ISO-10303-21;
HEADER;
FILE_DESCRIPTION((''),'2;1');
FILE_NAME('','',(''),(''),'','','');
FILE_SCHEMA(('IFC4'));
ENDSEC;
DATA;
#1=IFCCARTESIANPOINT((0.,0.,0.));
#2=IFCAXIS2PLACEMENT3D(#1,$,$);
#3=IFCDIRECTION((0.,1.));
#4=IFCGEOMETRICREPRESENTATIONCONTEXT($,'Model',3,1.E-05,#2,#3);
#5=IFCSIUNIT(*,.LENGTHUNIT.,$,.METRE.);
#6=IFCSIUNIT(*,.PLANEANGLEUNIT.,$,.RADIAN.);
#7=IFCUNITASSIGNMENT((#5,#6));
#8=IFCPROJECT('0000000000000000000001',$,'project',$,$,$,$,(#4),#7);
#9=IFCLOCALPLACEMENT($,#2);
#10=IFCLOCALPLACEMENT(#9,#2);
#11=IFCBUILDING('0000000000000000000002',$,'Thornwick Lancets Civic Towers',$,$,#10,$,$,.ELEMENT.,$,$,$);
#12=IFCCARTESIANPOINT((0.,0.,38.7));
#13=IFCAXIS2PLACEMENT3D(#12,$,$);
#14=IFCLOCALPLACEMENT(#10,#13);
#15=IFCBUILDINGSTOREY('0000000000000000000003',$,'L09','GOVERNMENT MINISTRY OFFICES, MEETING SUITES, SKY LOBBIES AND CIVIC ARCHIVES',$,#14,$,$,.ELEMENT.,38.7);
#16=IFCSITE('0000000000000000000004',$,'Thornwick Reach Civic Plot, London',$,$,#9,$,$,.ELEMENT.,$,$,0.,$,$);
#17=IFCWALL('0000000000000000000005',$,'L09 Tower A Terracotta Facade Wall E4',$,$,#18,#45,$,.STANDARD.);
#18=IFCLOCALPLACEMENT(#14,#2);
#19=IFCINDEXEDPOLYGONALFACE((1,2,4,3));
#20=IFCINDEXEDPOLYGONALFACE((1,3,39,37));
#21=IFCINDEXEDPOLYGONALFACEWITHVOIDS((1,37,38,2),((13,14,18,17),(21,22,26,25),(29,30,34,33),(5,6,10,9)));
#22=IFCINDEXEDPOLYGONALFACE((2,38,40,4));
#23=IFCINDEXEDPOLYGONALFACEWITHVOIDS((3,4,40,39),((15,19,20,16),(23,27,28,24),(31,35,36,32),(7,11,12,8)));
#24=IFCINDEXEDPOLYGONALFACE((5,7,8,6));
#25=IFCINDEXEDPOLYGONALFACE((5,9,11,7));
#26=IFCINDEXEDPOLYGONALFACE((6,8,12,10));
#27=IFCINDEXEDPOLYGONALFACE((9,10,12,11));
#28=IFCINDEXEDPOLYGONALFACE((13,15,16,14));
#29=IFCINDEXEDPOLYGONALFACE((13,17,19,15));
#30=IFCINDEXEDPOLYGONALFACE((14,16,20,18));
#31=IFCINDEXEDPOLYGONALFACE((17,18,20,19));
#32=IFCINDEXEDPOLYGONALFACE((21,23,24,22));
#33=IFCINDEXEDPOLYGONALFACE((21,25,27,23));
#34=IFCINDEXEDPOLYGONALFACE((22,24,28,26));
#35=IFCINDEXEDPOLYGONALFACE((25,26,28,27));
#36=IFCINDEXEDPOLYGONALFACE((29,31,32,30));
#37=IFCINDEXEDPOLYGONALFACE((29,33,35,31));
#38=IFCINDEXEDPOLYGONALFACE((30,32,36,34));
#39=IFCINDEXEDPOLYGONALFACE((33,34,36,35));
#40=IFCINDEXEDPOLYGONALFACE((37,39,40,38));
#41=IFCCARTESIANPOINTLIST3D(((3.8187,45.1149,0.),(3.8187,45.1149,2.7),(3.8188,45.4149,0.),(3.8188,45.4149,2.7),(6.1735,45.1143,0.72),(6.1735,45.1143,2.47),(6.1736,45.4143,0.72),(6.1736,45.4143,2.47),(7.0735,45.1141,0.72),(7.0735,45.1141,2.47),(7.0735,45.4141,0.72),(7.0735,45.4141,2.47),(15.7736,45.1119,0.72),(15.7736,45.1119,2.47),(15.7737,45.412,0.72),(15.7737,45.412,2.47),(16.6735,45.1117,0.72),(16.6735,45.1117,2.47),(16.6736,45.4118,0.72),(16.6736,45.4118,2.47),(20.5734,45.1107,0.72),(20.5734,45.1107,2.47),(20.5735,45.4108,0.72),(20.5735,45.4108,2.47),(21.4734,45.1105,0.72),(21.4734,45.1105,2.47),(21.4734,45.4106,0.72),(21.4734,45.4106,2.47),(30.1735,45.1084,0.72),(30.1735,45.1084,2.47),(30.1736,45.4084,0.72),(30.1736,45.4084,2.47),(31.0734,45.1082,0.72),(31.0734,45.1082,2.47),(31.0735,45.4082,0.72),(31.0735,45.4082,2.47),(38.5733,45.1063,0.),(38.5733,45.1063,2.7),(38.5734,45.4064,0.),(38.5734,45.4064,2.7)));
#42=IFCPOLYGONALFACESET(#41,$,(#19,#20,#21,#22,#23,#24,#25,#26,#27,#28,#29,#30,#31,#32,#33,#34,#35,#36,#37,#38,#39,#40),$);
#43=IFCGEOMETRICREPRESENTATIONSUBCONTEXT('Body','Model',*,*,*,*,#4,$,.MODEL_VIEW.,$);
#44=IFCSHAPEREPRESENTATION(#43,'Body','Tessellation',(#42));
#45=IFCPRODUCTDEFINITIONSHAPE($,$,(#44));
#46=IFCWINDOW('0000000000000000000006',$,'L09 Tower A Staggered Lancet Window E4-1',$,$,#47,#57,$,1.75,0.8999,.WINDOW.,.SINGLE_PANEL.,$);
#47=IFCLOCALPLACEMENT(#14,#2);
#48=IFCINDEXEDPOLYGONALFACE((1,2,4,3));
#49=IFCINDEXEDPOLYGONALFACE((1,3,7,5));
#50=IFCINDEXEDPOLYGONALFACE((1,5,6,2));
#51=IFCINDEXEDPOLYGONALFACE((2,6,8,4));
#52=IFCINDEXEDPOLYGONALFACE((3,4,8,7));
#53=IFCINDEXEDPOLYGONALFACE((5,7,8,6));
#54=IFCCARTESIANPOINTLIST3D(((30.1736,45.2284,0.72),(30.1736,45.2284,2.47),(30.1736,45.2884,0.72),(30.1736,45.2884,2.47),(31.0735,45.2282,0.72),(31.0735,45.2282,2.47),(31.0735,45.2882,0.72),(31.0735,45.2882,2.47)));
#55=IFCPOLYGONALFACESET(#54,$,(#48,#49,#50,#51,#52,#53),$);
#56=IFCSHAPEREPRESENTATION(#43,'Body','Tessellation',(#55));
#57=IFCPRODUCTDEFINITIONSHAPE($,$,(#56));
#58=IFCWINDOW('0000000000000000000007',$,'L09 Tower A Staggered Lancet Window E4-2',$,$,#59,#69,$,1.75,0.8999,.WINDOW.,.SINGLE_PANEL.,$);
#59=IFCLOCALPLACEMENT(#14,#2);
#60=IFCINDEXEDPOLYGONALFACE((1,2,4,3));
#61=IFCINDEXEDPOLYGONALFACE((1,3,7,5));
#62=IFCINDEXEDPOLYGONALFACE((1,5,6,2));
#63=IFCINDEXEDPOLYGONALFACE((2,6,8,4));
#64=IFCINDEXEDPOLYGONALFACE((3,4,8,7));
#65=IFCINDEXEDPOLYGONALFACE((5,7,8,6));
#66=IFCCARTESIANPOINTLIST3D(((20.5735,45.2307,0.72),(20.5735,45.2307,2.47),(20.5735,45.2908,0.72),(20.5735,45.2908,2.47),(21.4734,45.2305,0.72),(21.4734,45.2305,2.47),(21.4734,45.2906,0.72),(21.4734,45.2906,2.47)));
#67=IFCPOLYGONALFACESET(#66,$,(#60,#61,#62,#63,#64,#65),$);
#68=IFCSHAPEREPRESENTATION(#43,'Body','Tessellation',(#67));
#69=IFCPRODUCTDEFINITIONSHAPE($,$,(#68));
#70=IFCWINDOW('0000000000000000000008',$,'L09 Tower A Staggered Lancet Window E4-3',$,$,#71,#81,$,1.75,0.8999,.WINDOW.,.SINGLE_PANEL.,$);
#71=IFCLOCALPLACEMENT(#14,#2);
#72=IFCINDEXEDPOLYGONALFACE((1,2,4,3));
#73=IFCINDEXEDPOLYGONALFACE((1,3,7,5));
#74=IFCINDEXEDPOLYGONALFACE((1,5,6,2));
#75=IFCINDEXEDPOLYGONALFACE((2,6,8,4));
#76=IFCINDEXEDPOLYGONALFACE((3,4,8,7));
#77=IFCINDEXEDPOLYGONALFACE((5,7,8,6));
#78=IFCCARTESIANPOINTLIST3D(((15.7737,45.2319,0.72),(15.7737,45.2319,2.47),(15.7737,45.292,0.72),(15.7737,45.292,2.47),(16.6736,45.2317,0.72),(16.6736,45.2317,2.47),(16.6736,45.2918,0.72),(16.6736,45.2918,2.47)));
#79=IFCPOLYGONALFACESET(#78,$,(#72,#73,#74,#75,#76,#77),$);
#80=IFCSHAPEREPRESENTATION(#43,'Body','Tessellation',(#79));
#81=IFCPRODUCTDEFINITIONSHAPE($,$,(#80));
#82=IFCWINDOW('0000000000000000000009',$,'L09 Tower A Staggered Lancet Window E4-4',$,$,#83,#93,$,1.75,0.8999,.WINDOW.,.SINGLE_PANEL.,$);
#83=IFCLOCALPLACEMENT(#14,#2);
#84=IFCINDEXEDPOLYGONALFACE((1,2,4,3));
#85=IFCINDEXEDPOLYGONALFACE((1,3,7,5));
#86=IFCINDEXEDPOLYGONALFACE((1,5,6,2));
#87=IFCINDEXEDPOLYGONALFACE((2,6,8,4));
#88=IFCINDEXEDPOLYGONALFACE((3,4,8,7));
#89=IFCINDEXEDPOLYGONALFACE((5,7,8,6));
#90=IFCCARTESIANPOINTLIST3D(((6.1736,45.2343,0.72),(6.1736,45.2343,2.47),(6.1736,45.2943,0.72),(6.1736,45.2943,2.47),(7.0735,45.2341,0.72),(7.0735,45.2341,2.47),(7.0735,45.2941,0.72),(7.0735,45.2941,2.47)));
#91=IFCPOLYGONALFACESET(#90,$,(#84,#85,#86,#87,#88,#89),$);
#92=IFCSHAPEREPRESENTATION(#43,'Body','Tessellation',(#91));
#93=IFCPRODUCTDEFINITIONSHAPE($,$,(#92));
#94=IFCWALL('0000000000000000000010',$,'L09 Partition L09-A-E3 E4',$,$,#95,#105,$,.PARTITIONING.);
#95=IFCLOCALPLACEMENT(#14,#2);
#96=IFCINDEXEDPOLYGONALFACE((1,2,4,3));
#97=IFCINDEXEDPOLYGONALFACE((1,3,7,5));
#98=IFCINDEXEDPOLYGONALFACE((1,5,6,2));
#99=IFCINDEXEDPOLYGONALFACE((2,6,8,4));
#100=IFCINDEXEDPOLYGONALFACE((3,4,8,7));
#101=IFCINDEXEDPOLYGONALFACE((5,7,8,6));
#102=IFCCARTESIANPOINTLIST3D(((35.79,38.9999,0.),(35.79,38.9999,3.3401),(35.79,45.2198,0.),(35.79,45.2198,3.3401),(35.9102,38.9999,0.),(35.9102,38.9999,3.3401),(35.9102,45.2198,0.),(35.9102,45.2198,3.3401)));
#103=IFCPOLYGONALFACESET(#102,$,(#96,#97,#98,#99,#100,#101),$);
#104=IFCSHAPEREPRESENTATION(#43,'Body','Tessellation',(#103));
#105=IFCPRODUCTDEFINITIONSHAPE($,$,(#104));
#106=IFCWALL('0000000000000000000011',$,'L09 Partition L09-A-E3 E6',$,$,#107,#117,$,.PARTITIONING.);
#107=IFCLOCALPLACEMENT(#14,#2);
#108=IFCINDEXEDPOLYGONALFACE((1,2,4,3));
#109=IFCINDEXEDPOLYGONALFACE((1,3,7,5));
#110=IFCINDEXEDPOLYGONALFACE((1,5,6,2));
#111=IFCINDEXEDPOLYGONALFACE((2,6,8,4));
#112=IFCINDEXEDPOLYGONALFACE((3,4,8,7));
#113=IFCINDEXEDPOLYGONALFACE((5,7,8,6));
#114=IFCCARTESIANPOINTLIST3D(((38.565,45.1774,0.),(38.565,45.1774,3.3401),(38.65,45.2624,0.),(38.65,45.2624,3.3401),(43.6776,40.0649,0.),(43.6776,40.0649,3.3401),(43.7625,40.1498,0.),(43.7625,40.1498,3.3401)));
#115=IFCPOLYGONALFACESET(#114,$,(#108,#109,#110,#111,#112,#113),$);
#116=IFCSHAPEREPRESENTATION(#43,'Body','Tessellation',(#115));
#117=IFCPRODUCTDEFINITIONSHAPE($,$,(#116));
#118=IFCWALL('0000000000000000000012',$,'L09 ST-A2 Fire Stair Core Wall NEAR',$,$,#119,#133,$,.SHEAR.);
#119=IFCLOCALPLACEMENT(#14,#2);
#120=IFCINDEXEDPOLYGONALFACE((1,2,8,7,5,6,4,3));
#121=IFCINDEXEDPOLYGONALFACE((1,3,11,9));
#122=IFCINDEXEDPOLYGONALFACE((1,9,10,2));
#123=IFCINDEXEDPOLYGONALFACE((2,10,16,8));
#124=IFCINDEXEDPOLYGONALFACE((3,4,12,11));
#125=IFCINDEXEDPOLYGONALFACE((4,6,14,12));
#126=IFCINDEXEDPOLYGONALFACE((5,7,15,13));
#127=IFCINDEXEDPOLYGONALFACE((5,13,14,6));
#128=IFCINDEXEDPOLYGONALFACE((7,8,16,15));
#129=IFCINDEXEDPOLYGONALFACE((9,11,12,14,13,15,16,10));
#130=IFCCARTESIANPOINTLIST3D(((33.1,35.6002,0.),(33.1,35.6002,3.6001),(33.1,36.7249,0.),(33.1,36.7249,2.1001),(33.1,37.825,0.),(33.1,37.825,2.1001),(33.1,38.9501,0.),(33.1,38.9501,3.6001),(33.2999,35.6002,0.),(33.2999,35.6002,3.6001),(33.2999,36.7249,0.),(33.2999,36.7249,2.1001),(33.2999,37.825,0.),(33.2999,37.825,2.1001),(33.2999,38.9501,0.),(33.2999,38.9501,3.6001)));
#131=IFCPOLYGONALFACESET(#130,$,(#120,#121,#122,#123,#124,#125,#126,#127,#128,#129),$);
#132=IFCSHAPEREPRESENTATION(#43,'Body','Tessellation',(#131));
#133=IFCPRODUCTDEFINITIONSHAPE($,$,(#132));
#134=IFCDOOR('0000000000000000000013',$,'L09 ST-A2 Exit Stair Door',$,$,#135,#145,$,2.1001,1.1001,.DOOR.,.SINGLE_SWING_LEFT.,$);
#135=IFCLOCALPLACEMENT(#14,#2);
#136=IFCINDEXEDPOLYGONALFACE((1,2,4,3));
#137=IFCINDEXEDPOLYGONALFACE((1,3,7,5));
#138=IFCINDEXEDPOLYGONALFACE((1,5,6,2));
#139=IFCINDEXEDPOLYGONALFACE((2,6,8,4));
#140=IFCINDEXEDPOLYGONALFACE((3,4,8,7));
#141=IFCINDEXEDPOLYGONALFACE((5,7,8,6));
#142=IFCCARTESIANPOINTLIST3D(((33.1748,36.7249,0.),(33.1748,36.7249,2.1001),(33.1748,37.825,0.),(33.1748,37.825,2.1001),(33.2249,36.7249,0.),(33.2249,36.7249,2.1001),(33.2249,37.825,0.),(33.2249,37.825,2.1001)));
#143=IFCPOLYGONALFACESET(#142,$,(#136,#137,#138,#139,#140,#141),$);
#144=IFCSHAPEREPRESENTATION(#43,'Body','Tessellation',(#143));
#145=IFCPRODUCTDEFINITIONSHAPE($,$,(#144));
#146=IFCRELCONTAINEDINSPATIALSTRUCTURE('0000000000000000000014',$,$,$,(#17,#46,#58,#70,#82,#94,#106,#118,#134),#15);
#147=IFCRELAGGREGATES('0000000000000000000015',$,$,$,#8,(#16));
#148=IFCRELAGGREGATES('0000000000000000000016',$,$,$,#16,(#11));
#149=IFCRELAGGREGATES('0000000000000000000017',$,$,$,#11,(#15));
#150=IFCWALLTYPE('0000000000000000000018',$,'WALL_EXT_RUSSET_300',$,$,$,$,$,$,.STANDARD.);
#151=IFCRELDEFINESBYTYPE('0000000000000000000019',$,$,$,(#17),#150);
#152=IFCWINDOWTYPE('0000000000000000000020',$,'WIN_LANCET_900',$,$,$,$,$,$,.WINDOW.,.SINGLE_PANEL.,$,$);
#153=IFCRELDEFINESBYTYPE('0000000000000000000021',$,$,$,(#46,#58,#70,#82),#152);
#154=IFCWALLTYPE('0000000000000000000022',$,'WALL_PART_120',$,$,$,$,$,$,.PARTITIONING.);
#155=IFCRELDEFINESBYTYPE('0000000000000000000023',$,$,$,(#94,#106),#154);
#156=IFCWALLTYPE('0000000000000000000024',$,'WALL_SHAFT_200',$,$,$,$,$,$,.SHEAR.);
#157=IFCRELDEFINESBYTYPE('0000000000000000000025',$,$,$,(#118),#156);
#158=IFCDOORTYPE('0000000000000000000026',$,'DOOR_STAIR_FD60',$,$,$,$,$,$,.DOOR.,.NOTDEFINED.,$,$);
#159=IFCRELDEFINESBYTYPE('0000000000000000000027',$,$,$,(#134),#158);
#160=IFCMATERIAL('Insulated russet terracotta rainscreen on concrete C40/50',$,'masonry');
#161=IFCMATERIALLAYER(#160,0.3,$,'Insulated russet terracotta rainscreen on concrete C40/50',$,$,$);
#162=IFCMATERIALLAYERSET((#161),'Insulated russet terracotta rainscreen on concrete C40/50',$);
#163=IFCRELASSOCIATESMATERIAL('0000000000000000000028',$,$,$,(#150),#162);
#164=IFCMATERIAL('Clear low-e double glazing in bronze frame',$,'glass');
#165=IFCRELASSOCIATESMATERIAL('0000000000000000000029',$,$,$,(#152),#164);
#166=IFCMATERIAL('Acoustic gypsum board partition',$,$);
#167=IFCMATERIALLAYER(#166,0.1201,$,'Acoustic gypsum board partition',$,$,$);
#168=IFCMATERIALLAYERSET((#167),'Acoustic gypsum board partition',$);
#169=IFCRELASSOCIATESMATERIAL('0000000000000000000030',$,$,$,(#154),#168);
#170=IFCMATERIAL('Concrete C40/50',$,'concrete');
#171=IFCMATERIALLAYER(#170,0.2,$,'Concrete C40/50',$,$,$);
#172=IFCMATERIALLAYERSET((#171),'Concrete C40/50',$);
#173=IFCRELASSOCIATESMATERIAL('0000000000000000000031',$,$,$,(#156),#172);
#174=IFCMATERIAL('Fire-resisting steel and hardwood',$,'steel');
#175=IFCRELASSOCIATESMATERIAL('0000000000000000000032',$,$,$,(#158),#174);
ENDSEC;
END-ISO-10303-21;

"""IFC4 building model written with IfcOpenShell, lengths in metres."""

from ifc_helpers import new_model, si_unit, direction, frame, frame_2d, origin, place, context, subcontext, project, spatial, rectangle, extrude, material, layer, layer_set, type_object, element, fill, save


model = new_model("IFC4")

# Units and contexts
model_context = context("Model", 3, precision=1e-05, world=origin(), true_north=direction((0.0, 1.0)))
body_context = subcontext(model_context, "Body", "Model", "MODEL_VIEW")
ifc_project = project(units=[si_unit("LENGTHUNIT", "METRE"), si_unit("PLANEANGLEUNIT", "RADIAN")], contexts=[model_context])

# Site, building, storey
site_placement = place(None, origin())
site = spatial("IfcSite", under=ifc_project, at=site_placement, Name="Thornwick Reach Civic Plot, London", CompositionType="ELEMENT", RefElevation=0.0)
building_placement = place(site_placement, origin())
building = spatial("IfcBuilding", under=site, at=building_placement, Name="Thornwick Lancets Civic Towers", CompositionType="ELEMENT")
storey_placement = place(building_placement, frame((0.0, 0.0, 38.7)))
storey = spatial("IfcBuildingStorey", under=building, at=storey_placement, Name="L09", Description="GOVERNMENT MINISTRY OFFICES, MEETING SUITES, SKY LOBBIES AND CIVIC ARCHIVES", CompositionType="ELEMENT", Elevation=38.7)

# Wall, openings, windows
ifc_material_1 = material(Name="Insulated russet terracotta rainscreen on concrete C40/50", Category="masonry")
ifc_layer_1 = layer(ifc_material_1, 0.3, Name="Insulated russet terracotta rainscreen on concrete C40/50")
ifc_layer_set_1 = layer_set([ifc_layer_1], Name="Insulated russet terracotta rainscreen on concrete C40/50")
wall_type_1 = type_object("IfcWallType", Name="WALL_EXT_RUSSET_300", PredefinedType="STANDARD", material=ifc_layer_set_1)
wall_1_placement = place(storey_placement, frame((38.5735, 45.2563, 0.0), z_axis=(0.0, 0.0, 1.0), x_axis=(-1.0, 0.000246, 0.0)))
wall_1 = element("IfcWall", 1, at=wall_1_placement, inside=storey, type_object=wall_type_1, Name="L09 Tower A Terracotta Facade Wall E4", PredefinedType="STANDARD", context=body_context, shape_type="SweptSolid", body=[
    extrude(rectangle(XDim=34.7546, YDim=0.3, at=frame_2d((17.3774, 0.0))), origin(), (0.0, 0.0, 1.0), 2.7),
])
opening_1_placement = place(wall_1_placement, frame((7.5, 0.0, 0.72)))
opening_1 = element("IfcOpeningElement", 2, at=opening_1_placement, cuts=wall_1, PredefinedType="OPENING", context=body_context, shape_type="SweptSolid", body=[
    extrude(rectangle(XDim=0.8999, YDim=1.75, at=frame_2d((0.45, 0.875))), frame((0.0, 0.1602, 0.0), z_axis=(0.0, -1.0, 0.0), x_axis=(1.0, 0.0, 0.0)), (0.0, 0.0, 1.0), 0.3201),
])
opening_2_placement = place(wall_1_placement, frame((17.1001, 0.0, 0.72)))
opening_2 = element("IfcOpeningElement", 3, at=opening_2_placement, cuts=wall_1, PredefinedType="OPENING", context=body_context, shape_type="SweptSolid", body=[
    extrude(rectangle(XDim=0.8999, YDim=1.75, at=frame_2d((0.45, 0.875))), frame((0.0, 0.1602, 0.0), z_axis=(0.0, -1.0, 0.0), x_axis=(1.0, 0.0, 0.0)), (0.0, 0.0, 1.0), 0.3201),
])
opening_3_placement = place(wall_1_placement, frame((21.8999, 0.0, 0.72)))
opening_3 = element("IfcOpeningElement", 4, at=opening_3_placement, cuts=wall_1, PredefinedType="OPENING", context=body_context, shape_type="SweptSolid", body=[
    extrude(rectangle(XDim=0.8999, YDim=1.75, at=frame_2d((0.45, 0.875))), frame((0.0, 0.1602, 0.0), z_axis=(0.0, -1.0, 0.0), x_axis=(1.0, 0.0, 0.0)), (0.0, 0.0, 1.0), 0.3201),
])
opening_4_placement = place(wall_1_placement, frame((31.5, 0.0, 0.72)))
opening_4 = element("IfcOpeningElement", 5, at=opening_4_placement, cuts=wall_1, PredefinedType="OPENING", context=body_context, shape_type="SweptSolid", body=[
    extrude(rectangle(XDim=0.8999, YDim=1.75, at=frame_2d((0.45, 0.875))), frame((0.0, 0.1602, 0.0), z_axis=(0.0, -1.0, 0.0), x_axis=(1.0, 0.0, 0.0)), (0.0, 0.0, 1.0), 0.3201),
])
ifc_material_2 = material(Name="Clear low-e double glazing in bronze frame", Category="glass")
window_type = type_object("IfcWindowType", Name="WIN_LANCET_900", PartitioningType="SINGLE_PANEL", PredefinedType="WINDOW", material=ifc_material_2)
window_1_placement = place(opening_1_placement, origin())
window_1 = element("IfcWindow", 6, at=window_1_placement, inside=storey, type_object=window_type, Name="L09 Tower A Staggered Lancet Window E4-1", OverallHeight=1.75, OverallWidth=0.8999, PartitioningType="SINGLE_PANEL", PredefinedType="WINDOW", context=body_context, shape_type="SweptSolid", body=[
    extrude(rectangle(XDim=0.8999, YDim=1.75, at=frame_2d((0.45, 0.875))), frame((0.0, 0.03, 0.0), z_axis=(0.0, -1.0, 0.0), x_axis=(1.0, 0.0, 0.0)), (0.0, 0.0, 1.0), 0.0601),
])
fill(opening_1, window_1)
window_2_placement = place(opening_2_placement, origin())
window_2 = element("IfcWindow", 7, at=window_2_placement, inside=storey, type_object=window_type, Name="L09 Tower A Staggered Lancet Window E4-2", OverallHeight=1.75, OverallWidth=0.8999, PartitioningType="SINGLE_PANEL", PredefinedType="WINDOW", context=body_context, shape_type="SweptSolid", body=[
    extrude(rectangle(XDim=0.8999, YDim=1.75, at=frame_2d((0.45, 0.875))), frame((0.0, 0.03, 0.0), z_axis=(0.0, -1.0, 0.0), x_axis=(1.0, 0.0, 0.0)), (0.0, 0.0, 1.0), 0.0601),
])
fill(opening_2, window_2)
window_3_placement = place(opening_3_placement, origin())
window_3 = element("IfcWindow", 8, at=window_3_placement, inside=storey, type_object=window_type, Name="L09 Tower A Staggered Lancet Window E4-3", OverallHeight=1.75, OverallWidth=0.8999, PartitioningType="SINGLE_PANEL", PredefinedType="WINDOW", context=body_context, shape_type="SweptSolid", body=[
    extrude(rectangle(XDim=0.8999, YDim=1.75, at=frame_2d((0.45, 0.875))), frame((0.0, 0.03, 0.0), z_axis=(0.0, -1.0, 0.0), x_axis=(1.0, 0.0, 0.0)), (0.0, 0.0, 1.0), 0.0601),
])
fill(opening_3, window_3)
window_4_placement = place(opening_4_placement, origin())
window_4 = element("IfcWindow", 9, at=window_4_placement, inside=storey, type_object=window_type, Name="L09 Tower A Staggered Lancet Window E4-4", OverallHeight=1.75, OverallWidth=0.8999, PartitioningType="SINGLE_PANEL", PredefinedType="WINDOW", context=body_context, shape_type="SweptSolid", body=[
    extrude(rectangle(XDim=0.8999, YDim=1.75, at=frame_2d((0.45, 0.875))), frame((0.0, 0.03, 0.0), z_axis=(0.0, -1.0, 0.0), x_axis=(1.0, 0.0, 0.0)), (0.0, 0.0, 1.0), 0.0601),
])
fill(opening_4, window_4)

# Walls
ifc_material_3 = material(Name="Acoustic gypsum board partition")
ifc_layer_2 = layer(ifc_material_3, 0.1201, Name="Acoustic gypsum board partition")
ifc_layer_set_2 = layer_set([ifc_layer_2], Name="Acoustic gypsum board partition")
wall_type_2 = type_object("IfcWallType", Name="WALL_PART_120", PredefinedType="PARTITIONING", material=ifc_layer_set_2)
wall_2_placement = place(storey_placement, frame((35.8501, 39.0, 0.0), z_axis=(0.0, 0.0, 1.0), x_axis=(0.0, 1.0, 0.0)))
element("IfcWall", 10, at=wall_2_placement, inside=storey, type_object=wall_type_2, Name="L09 Partition L09-A-E3 E4", PredefinedType="PARTITIONING", context=body_context, shape_type="SweptSolid", body=[
    extrude(rectangle(XDim=6.22, YDim=0.1201, at=frame_2d((3.1099, 0.0))), origin(), (0.0, 0.0, 1.0), 3.3401),
])
wall_3_placement = place(storey_placement, frame((38.6074, 45.22, 0.0), z_axis=(0.0, 0.0, 1.0), x_axis=(0.707107, -0.707107, 0.0)))
element("IfcWall", 11, at=wall_3_placement, inside=storey, type_object=wall_type_2, Name="L09 Partition L09-A-E3 E6", PredefinedType="PARTITIONING", context=body_context, shape_type="SweptSolid", body=[
    extrude(rectangle(XDim=7.2302, YDim=0.1201, at=frame_2d((3.6152, 0.0))), origin(), (0.0, 0.0, 1.0), 3.3401),
])

# Wall, opening, door
ifc_material_4 = material(Name="Concrete C40/50", Category="concrete")
ifc_layer_3 = layer(ifc_material_4, 0.2, Name="Concrete C40/50")
ifc_layer_set_3 = layer_set([ifc_layer_3], Name="Concrete C40/50")
wall_type_3 = type_object("IfcWallType", Name="WALL_SHAFT_200", PredefinedType="SHEAR", material=ifc_layer_set_3)
wall_4_placement = place(storey_placement, frame((33.2, 38.95, 0.0), z_axis=(0.0, 0.0, 1.0), x_axis=(0.0, -1.0, 0.0)))
wall_4 = element("IfcWall", 12, at=wall_4_placement, inside=storey, type_object=wall_type_3, Name="L09 ST-A2 Fire Stair Core Wall NEAR", PredefinedType="SHEAR", context=body_context, shape_type="SweptSolid", body=[
    extrude(rectangle(XDim=3.3499, YDim=0.2, at=frame_2d((1.6748, 0.0))), origin(), (0.0, 0.0, 1.0), 3.6001),
])
opening_5_placement = place(wall_4_placement, frame((1.125, 0.0, 0.0)))
opening_5 = element("IfcOpeningElement", 13, at=opening_5_placement, cuts=wall_4, PredefinedType="OPENING", context=body_context, shape_type="SweptSolid", body=[
    extrude(rectangle(XDim=1.1001, YDim=2.1001, at=frame_2d((0.55, 1.05))), frame((0.0, 0.1099, 0.0), z_axis=(0.0, -1.0, 0.0), x_axis=(1.0, 0.0, 0.0)), (0.0, 0.0, 1.0), 0.22),
])
ifc_material_5 = material(Name="Fire-resisting steel and hardwood", Category="steel")
door_type = type_object("IfcDoorType", Name="DOOR_STAIR_FD60", OperationType="NOTDEFINED", PredefinedType="DOOR", material=ifc_material_5)
door_placement = place(opening_5_placement, origin())
door = element("IfcDoor", 14, at=door_placement, inside=storey, type_object=door_type, Name="L09 ST-A2 Exit Stair Door", OperationType="SINGLE_SWING_LEFT", OverallHeight=2.1001, OverallWidth=1.1001, PredefinedType="DOOR", context=body_context, shape_type="SweptSolid", body=[
    extrude(rectangle(XDim=1.1001, YDim=2.1001, at=frame_2d((0.55, 1.05))), frame((0.0, 0.0249, 0.0), z_axis=(0.0, -1.0, 0.0), x_axis=(1.0, 0.0, 0.0)), (0.0, 0.0, 1.0), 0.05),
])
fill(opening_5, door)

save(model, "model.ifc")
